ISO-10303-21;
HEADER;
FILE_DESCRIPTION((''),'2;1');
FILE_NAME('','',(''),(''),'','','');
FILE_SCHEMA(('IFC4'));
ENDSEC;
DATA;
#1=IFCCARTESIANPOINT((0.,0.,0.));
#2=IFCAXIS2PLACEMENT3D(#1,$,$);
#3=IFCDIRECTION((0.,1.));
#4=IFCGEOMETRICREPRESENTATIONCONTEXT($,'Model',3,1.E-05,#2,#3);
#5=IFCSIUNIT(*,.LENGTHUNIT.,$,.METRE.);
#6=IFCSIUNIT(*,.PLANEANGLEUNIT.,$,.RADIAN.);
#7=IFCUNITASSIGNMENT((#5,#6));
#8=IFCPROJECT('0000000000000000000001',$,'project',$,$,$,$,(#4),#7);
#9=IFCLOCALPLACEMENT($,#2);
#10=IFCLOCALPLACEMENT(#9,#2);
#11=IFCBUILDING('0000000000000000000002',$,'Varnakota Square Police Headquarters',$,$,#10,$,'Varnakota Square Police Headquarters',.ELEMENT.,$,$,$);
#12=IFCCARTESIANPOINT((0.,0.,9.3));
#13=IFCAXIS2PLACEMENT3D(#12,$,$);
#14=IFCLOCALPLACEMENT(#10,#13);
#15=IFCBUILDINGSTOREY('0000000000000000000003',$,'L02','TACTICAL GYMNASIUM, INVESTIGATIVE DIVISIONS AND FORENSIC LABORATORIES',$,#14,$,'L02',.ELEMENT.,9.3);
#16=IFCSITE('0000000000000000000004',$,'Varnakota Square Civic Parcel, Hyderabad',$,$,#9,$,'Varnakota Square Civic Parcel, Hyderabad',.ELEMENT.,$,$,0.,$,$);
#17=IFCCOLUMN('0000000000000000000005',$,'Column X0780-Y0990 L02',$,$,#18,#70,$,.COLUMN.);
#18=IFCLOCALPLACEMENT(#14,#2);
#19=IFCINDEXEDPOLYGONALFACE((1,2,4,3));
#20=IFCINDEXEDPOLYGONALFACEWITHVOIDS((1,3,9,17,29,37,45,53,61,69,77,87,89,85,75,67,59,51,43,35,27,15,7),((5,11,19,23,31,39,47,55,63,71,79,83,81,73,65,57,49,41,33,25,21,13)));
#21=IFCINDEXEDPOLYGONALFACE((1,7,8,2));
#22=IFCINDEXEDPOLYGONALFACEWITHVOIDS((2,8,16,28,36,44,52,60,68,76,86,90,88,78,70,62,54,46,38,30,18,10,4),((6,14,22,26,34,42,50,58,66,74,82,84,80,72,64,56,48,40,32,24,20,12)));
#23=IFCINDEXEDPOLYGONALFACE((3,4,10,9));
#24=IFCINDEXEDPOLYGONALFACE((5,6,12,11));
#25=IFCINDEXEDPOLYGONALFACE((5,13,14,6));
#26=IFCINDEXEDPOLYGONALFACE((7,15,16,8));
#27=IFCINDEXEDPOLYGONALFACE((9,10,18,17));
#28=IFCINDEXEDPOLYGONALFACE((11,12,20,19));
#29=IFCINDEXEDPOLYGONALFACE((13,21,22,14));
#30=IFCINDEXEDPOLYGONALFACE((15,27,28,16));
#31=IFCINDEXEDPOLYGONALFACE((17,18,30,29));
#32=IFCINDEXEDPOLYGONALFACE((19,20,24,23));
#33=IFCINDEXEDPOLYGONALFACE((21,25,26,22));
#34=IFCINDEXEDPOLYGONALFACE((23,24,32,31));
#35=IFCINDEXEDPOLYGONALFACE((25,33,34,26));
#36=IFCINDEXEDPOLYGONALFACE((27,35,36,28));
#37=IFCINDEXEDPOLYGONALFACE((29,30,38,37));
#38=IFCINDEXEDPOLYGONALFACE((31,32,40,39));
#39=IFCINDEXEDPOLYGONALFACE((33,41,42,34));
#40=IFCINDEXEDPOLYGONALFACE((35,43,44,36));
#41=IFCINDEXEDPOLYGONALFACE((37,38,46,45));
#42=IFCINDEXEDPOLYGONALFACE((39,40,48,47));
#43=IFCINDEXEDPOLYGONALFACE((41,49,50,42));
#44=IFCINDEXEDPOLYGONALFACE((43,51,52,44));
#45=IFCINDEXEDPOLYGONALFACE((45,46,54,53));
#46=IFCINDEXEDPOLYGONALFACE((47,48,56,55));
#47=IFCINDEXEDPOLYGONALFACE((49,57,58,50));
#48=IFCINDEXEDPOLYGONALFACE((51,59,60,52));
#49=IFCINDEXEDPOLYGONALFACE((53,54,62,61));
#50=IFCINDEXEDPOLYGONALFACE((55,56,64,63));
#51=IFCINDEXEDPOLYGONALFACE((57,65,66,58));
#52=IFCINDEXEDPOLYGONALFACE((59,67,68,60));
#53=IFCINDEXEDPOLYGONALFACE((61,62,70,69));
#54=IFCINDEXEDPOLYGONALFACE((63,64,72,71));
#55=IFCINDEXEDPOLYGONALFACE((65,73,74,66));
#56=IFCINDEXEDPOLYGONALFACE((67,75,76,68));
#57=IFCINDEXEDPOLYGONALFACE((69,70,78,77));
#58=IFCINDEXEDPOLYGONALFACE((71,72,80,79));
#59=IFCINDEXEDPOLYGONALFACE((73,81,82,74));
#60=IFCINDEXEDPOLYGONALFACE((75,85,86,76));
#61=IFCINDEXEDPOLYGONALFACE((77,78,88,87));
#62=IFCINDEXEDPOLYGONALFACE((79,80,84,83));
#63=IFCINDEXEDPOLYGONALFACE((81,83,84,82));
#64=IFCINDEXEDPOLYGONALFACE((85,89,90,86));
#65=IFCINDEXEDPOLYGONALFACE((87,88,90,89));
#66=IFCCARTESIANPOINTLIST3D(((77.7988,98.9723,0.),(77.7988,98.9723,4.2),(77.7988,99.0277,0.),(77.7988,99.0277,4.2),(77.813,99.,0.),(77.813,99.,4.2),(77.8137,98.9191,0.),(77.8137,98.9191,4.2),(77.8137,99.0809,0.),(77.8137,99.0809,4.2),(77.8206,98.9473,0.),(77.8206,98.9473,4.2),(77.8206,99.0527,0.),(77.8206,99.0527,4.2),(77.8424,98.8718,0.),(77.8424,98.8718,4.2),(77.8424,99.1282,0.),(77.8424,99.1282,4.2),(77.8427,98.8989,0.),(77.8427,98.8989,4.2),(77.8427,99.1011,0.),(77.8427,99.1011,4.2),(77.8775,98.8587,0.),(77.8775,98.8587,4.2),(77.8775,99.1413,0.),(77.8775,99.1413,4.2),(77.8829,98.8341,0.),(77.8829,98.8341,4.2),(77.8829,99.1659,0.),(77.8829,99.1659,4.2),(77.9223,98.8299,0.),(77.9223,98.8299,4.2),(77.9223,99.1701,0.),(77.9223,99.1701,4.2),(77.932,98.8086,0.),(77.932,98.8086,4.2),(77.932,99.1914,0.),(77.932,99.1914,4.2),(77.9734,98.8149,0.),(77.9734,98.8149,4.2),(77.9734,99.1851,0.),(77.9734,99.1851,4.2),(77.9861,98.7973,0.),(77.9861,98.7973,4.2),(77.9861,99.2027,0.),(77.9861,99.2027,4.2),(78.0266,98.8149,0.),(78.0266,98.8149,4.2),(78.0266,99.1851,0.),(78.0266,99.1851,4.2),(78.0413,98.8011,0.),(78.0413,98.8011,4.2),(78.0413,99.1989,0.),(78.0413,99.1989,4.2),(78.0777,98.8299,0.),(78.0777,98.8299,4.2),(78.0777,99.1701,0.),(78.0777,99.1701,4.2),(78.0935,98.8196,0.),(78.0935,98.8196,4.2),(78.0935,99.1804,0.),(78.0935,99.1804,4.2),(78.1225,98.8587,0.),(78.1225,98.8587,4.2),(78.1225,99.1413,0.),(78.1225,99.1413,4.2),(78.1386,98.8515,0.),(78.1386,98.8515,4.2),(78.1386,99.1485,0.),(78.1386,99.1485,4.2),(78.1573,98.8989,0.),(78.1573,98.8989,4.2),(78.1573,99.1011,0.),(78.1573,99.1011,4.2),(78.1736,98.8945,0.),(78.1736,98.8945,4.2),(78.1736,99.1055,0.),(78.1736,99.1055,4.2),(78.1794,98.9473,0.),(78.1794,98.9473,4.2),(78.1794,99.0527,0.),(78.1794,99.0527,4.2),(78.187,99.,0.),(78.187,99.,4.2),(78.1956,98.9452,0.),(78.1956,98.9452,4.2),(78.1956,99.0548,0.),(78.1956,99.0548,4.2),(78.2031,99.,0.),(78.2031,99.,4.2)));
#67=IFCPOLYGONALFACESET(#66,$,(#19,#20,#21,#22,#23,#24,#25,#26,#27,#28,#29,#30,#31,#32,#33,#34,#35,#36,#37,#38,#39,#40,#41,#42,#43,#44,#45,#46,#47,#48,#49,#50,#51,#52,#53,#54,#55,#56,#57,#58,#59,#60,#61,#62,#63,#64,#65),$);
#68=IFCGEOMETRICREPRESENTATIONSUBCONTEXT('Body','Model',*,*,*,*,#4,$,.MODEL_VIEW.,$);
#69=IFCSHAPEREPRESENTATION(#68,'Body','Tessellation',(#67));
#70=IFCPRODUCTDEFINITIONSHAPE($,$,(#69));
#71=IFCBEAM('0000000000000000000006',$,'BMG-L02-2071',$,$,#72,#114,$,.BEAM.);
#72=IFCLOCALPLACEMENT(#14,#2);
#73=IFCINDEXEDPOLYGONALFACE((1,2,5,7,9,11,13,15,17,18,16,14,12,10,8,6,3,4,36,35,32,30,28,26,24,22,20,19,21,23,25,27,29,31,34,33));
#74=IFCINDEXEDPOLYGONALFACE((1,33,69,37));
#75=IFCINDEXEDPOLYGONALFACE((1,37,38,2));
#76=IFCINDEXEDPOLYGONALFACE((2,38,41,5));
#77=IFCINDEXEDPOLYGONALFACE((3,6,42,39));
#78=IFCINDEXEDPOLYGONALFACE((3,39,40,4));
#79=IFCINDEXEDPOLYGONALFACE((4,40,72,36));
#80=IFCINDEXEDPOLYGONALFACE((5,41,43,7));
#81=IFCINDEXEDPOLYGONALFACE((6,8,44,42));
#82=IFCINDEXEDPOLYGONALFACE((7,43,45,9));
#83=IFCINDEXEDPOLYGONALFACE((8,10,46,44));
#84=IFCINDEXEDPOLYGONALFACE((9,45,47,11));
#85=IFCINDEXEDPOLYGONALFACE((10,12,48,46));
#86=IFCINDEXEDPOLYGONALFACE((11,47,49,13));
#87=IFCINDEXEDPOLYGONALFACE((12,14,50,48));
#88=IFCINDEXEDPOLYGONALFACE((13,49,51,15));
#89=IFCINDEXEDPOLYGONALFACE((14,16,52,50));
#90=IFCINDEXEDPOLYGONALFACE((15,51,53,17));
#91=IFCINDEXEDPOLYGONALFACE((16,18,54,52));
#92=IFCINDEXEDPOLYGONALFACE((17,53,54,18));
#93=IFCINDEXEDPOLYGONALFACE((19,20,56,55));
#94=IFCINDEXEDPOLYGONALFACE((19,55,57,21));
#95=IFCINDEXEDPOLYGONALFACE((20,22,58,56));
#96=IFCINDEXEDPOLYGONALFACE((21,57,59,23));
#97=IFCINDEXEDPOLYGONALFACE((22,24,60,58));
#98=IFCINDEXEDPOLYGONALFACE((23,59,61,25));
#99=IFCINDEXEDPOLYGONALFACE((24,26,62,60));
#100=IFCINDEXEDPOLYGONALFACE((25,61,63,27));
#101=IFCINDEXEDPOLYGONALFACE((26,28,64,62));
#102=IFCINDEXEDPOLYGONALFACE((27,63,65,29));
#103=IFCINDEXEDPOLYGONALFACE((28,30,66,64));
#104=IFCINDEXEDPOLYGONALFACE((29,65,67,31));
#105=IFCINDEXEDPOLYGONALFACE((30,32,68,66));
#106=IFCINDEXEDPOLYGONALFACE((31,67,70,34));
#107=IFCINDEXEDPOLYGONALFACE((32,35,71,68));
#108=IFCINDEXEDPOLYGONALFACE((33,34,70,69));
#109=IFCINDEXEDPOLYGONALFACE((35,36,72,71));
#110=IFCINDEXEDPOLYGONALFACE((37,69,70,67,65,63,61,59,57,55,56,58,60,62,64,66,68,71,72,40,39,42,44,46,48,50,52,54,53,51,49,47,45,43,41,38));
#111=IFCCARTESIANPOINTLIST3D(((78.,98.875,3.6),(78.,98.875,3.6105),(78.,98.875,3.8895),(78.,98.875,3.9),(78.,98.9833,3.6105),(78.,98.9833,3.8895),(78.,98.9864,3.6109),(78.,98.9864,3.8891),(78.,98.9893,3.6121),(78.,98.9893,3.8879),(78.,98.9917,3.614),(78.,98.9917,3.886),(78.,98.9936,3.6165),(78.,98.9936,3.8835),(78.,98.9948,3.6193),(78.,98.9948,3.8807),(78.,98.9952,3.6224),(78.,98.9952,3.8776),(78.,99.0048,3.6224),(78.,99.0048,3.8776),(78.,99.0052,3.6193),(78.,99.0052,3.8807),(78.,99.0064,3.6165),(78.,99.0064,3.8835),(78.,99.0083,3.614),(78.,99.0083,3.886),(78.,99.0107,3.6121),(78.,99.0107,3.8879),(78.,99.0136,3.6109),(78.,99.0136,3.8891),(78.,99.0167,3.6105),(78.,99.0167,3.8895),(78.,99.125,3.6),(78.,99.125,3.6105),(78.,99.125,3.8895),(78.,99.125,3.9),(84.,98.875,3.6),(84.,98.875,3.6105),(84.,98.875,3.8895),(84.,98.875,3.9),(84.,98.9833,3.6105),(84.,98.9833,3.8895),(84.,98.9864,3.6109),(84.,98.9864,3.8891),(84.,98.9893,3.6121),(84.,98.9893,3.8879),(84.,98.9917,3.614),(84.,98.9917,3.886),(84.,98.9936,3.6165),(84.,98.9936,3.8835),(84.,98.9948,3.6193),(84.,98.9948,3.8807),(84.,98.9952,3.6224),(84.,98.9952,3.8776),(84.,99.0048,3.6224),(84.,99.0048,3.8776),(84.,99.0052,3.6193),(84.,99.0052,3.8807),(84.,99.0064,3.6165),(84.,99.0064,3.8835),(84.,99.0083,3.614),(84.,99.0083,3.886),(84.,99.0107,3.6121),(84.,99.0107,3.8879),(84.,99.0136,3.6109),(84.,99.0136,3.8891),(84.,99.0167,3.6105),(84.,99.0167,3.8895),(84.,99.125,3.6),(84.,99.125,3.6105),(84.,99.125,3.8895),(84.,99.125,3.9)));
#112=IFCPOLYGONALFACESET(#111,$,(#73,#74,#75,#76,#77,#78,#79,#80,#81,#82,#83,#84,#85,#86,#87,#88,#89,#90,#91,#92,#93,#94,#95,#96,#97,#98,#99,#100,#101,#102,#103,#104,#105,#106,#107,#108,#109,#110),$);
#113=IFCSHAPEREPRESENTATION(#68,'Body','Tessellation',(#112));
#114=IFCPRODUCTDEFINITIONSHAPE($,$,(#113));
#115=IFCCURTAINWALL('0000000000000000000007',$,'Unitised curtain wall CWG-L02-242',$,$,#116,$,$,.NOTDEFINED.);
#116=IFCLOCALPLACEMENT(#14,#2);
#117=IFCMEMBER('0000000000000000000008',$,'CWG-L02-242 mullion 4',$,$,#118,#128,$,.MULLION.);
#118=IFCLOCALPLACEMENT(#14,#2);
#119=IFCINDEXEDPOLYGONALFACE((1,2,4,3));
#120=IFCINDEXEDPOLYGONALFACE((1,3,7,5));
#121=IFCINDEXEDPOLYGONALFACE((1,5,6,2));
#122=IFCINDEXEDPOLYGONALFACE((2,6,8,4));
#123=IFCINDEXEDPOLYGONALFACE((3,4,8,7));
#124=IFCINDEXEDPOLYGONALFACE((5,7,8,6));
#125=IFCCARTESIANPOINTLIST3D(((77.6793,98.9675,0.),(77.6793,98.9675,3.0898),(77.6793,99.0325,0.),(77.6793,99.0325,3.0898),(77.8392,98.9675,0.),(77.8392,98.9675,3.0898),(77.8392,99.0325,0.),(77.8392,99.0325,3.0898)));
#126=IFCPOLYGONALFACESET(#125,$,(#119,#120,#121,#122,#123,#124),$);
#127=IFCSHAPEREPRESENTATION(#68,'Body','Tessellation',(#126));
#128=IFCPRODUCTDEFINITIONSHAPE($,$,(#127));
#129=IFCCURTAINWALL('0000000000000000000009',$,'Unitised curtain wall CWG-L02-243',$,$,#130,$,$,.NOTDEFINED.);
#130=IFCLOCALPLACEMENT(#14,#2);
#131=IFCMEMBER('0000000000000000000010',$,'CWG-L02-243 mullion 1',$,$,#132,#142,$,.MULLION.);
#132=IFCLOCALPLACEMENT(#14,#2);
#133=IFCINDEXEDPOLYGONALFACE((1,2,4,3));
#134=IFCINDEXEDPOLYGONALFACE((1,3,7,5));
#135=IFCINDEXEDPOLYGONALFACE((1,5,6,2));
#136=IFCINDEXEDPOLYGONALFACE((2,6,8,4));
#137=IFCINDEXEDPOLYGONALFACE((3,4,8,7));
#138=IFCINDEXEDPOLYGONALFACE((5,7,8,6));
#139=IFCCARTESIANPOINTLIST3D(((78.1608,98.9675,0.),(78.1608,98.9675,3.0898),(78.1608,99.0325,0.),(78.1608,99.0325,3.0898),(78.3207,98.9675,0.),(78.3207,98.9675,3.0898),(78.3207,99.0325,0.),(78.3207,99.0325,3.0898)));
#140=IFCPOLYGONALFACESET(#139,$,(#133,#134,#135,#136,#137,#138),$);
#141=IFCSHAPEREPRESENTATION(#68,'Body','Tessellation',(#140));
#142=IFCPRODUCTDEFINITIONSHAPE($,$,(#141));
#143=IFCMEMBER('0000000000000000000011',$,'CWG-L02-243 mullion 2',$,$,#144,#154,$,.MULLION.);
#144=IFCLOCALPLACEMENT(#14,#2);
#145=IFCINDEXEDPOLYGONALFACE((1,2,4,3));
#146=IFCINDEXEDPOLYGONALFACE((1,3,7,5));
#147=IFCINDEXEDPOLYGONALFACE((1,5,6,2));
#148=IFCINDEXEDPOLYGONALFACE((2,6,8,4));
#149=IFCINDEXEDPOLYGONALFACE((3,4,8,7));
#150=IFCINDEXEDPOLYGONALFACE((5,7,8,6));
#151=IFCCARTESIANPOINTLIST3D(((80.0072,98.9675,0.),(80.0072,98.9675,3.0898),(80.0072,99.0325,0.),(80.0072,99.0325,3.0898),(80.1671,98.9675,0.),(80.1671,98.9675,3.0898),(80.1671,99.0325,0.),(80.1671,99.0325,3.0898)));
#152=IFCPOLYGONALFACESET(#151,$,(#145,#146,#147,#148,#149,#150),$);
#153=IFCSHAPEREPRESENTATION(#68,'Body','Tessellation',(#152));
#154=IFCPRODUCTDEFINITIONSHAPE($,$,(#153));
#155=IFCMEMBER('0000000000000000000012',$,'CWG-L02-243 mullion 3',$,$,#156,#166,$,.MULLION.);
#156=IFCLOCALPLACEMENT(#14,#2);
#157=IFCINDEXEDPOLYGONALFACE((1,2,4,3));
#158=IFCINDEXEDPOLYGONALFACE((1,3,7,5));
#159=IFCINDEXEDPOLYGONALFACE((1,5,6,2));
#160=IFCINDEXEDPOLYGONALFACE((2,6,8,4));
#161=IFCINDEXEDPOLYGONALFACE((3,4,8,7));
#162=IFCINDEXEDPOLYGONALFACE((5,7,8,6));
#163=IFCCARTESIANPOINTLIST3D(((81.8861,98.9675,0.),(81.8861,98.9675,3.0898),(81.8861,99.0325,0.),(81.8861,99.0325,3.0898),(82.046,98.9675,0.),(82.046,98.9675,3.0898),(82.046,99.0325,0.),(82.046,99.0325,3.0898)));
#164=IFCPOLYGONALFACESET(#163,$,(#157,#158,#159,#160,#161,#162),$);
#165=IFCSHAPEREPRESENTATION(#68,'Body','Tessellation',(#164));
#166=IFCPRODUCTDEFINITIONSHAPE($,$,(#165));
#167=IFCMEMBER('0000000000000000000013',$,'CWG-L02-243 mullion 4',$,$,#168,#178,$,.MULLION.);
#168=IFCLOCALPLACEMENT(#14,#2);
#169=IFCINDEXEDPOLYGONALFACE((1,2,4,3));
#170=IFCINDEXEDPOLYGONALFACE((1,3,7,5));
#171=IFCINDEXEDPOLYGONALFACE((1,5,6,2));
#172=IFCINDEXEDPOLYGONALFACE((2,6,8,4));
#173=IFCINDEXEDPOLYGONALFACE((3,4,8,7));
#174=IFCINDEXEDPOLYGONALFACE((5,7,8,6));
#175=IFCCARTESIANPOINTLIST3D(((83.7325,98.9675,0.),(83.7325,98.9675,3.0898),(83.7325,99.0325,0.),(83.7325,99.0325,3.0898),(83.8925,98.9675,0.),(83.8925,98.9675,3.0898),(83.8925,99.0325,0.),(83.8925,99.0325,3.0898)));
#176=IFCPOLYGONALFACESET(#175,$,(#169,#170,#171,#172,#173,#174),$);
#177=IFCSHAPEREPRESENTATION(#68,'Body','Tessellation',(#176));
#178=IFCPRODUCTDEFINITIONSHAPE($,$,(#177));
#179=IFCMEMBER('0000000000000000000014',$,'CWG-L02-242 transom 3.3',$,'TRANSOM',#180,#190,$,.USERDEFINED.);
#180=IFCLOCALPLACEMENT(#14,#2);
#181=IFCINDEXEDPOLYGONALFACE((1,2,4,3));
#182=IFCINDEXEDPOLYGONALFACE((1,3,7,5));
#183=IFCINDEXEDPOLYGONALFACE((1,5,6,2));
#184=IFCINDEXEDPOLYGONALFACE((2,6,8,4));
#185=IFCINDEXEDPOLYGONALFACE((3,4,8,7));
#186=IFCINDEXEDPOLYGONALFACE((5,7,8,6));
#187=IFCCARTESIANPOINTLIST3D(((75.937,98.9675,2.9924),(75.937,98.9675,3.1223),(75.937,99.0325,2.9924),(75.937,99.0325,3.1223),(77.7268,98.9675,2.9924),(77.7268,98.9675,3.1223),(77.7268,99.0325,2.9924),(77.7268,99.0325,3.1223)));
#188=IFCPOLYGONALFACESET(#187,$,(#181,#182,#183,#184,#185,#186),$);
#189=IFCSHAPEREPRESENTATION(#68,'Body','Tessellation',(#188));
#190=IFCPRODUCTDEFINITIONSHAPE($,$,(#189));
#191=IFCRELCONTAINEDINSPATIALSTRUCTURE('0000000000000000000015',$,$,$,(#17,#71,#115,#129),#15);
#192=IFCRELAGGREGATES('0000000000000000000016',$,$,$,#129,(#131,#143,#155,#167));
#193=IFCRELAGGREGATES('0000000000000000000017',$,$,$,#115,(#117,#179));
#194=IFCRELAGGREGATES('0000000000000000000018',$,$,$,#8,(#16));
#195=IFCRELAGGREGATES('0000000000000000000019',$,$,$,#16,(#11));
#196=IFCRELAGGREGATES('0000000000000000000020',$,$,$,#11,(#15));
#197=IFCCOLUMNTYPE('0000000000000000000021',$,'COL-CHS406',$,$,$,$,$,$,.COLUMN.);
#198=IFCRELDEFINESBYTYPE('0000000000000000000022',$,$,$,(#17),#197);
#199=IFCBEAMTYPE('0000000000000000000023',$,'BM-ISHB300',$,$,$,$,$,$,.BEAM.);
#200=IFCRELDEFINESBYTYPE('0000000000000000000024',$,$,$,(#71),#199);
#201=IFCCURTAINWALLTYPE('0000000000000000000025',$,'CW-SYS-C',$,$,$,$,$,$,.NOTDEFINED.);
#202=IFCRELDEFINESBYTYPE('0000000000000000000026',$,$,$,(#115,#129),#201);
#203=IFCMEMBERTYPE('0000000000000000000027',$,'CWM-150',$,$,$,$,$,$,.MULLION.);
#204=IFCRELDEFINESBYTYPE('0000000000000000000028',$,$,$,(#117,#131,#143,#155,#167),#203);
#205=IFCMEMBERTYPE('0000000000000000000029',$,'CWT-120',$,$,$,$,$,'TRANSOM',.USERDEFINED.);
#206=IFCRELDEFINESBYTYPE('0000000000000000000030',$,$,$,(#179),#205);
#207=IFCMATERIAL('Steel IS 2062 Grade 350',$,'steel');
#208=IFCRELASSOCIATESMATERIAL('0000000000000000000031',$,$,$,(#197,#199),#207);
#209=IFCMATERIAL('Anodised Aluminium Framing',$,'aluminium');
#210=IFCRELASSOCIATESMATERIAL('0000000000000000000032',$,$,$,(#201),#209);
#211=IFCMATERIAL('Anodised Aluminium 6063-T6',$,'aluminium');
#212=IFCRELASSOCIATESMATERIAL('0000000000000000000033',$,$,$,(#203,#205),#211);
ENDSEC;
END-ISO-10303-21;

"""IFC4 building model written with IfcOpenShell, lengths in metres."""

from ifc_helpers import new_model, si_unit, direction, frame, origin, origin_2d, place, context, subcontext, project, spatial, rectangle, hollow_circle, i_section, extrude, material, material_profile, profile_set, type_object, element, aggregate, save


model = new_model("IFC4")

# Units and contexts
model_context = context("Model", 3, precision=1e-05, world=origin(), true_north=direction((0.0, 1.0)))
body_context = subcontext(model_context, "Body", "Model", "MODEL_VIEW")
ifc_project = project(units=[si_unit("LENGTHUNIT", "METRE"), si_unit("PLANEANGLEUNIT", "RADIAN")], contexts=[model_context])

# Site, building, storey
site_placement = place(None, origin())
site = spatial("IfcSite", under=ifc_project, at=site_placement, Name="Varnakota Square Civic Parcel, Hyderabad", LongName="Varnakota Square Civic Parcel, Hyderabad", CompositionType="ELEMENT", RefElevation=0.0)
building_placement = place(site_placement, origin())
building = spatial("IfcBuilding", under=site, at=building_placement, Name="Varnakota Square Police Headquarters", LongName="Varnakota Square Police Headquarters", CompositionType="ELEMENT")
storey_placement = place(building_placement, frame((0.0, 0.0, 9.3)))
storey = spatial("IfcBuildingStorey", under=building, at=storey_placement, Name="L02", Description="TACTICAL GYMNASIUM, INVESTIGATIVE DIVISIONS AND FORENSIC LABORATORIES", LongName="L02", CompositionType="ELEMENT", Elevation=9.3)

# Column
ifc_material_1 = material(Name="Steel IS 2062 Grade 350", Category="steel")
ifc_material_profile_1 = material_profile(ifc_material_1, hollow_circle(Radius=0.2031, WallThickness=0.0161, at=origin_2d()), Name="CHS 406.4x16.0")
ifc_profile_set_1 = profile_set([ifc_material_profile_1], Name="Steel IS 2062 Grade 350")
column_type = type_object("IfcColumnType", Name="COL-CHS406", PredefinedType="COLUMN", material=ifc_profile_set_1)
column_placement = place(storey_placement, frame((78.0, 99.0, 0.0), z_axis=(0.0, 0.0, 1.0), x_axis=(1.0, 0.0, 0.0)))
element("IfcColumn", 1, at=column_placement, inside=storey, type_object=column_type, Name="Column X0780-Y0990 L02", PredefinedType="COLUMN", context=body_context, shape_type="SweptSolid", body=[
    extrude(hollow_circle(Radius=0.2031, WallThickness=0.0161, at=origin_2d()), origin(), (0.0, 0.0, 1.0), 4.2),
])

# Beam
ifc_material_profile_2 = material_profile(ifc_material_1, i_section(OverallWidth=0.25, OverallDepth=0.3, WebThickness=0.0095, FlangeThickness=0.0105, FilletRadius=0.012, at=origin_2d()), Name="ISHB 300")
ifc_profile_set_2 = profile_set([ifc_material_profile_2], Name="Steel IS 2062 Grade 350")
beam_type = type_object("IfcBeamType", Name="BM-ISHB300", PredefinedType="BEAM", material=ifc_profile_set_2)
beam_placement = place(storey_placement, frame((78.0, 99.0, 3.75), z_axis=(1.0, 0.0, 0.0), x_axis=(0.0, 1.0, 0.0)))
element("IfcBeam", 2, at=beam_placement, inside=storey, type_object=beam_type, Name="BMG-L02-2071", PredefinedType="BEAM", context=body_context, shape_type="SweptSolid", body=[
    extrude(i_section(OverallWidth=0.25, OverallDepth=0.3, WebThickness=0.0095, FlangeThickness=0.0105, FilletRadius=0.012, at=origin_2d()), origin(), (0.0, 0.0, 1.0), 6.0),
])

# Curtain wall, member
ifc_material_2 = material(Name="Anodised Aluminium Framing", Category="aluminium")
curtain_wall_type = type_object("IfcCurtainWallType", Name="CW-SYS-C", PredefinedType="NOTDEFINED", material=ifc_material_2)
curtain_wall_1_placement = place(storey_placement, origin())
curtain_wall_1 = element("IfcCurtainWall", 3, at=curtain_wall_1_placement, inside=storey, type_object=curtain_wall_type, Name="Unitised curtain wall CWG-L02-242", PredefinedType="NOTDEFINED")
ifc_material_3 = material(Name="Anodised Aluminium 6063-T6", Category="aluminium")
ifc_material_profile_3 = material_profile(ifc_material_3, rectangle(XDim=0.0649, YDim=0.1599, at=origin_2d()), Name="ALU MULLION 65x160")
ifc_profile_set_3 = profile_set([ifc_material_profile_3], Name="Anodised Aluminium 6063-T6")
member_type_1 = type_object("IfcMemberType", Name="CWM-150", PredefinedType="MULLION", material=ifc_profile_set_3)
member_1_placement = place(storey_placement, frame((77.7593, 99.0, 0.0), z_axis=(0.0, 0.0, 1.0), x_axis=(0.0, 1.0, 0.0)))
member_1 = element("IfcMember", 4, at=member_1_placement, type_object=member_type_1, Name="CWG-L02-242 mullion 4", PredefinedType="MULLION", context=body_context, shape_type="SweptSolid", body=[
    extrude(rectangle(XDim=0.0649, YDim=0.1599, at=origin_2d()), origin(), (0.0, 0.0, 1.0), 3.0898),
])

# Curtain wall, members
curtain_wall_2_placement = place(storey_placement, origin())
curtain_wall_2 = element("IfcCurtainWall", 5, at=curtain_wall_2_placement, inside=storey, type_object=curtain_wall_type, Name="Unitised curtain wall CWG-L02-243", PredefinedType="NOTDEFINED")
member_2_placement = place(storey_placement, frame((78.2407, 99.0, 0.0), z_axis=(0.0, 0.0, 1.0), x_axis=(0.0, 1.0, 0.0)))
member_2 = element("IfcMember", 6, at=member_2_placement, type_object=member_type_1, Name="CWG-L02-243 mullion 1", PredefinedType="MULLION", context=body_context, shape_type="SweptSolid", body=[
    extrude(rectangle(XDim=0.0649, YDim=0.1599, at=origin_2d()), origin(), (0.0, 0.0, 1.0), 3.0898),
])
member_3_placement = place(storey_placement, frame((80.0872, 99.0, 0.0), z_axis=(0.0, 0.0, 1.0), x_axis=(0.0, 1.0, 0.0)))
member_3 = element("IfcMember", 7, at=member_3_placement, type_object=member_type_1, Name="CWG-L02-243 mullion 2", PredefinedType="MULLION", context=body_context, shape_type="SweptSolid", body=[
    extrude(rectangle(XDim=0.0649, YDim=0.1599, at=origin_2d()), origin(), (0.0, 0.0, 1.0), 3.0898),
])
member_4_placement = place(storey_placement, frame((81.9661, 99.0, 0.0), z_axis=(0.0, 0.0, 1.0), x_axis=(0.0, 1.0, 0.0)))
member_4 = element("IfcMember", 8, at=member_4_placement, type_object=member_type_1, Name="CWG-L02-243 mullion 3", PredefinedType="MULLION", context=body_context, shape_type="SweptSolid", body=[
    extrude(rectangle(XDim=0.0649, YDim=0.1599, at=origin_2d()), origin(), (0.0, 0.0, 1.0), 3.0898),
])
member_5_placement = place(storey_placement, frame((83.8125, 99.0, 0.0), z_axis=(0.0, 0.0, 1.0), x_axis=(0.0, 1.0, 0.0)))
member_5 = element("IfcMember", 9, at=member_5_placement, type_object=member_type_1, Name="CWG-L02-243 mullion 4", PredefinedType="MULLION", context=body_context, shape_type="SweptSolid", body=[
    extrude(rectangle(XDim=0.0649, YDim=0.1599, at=origin_2d()), origin(), (0.0, 0.0, 1.0), 3.0898),
])

# Member
ifc_material_profile_4 = material_profile(ifc_material_3, rectangle(XDim=0.0649, YDim=0.1299, at=origin_2d()), Name="ALU TRANSOM 65x130")
ifc_profile_set_4 = profile_set([ifc_material_profile_4], Name="Anodised Aluminium 6063-T6")
member_type_2 = type_object("IfcMemberType", Name="CWT-120", ElementType="TRANSOM", PredefinedType="USERDEFINED", material=ifc_profile_set_4)
member_6_placement = place(storey_placement, frame((75.937, 99.0, 3.0574), z_axis=(1.0, 0.0, 0.0), x_axis=(0.0, 1.0, 0.0)))
member_6 = element("IfcMember", 10, at=member_6_placement, type_object=member_type_2, Name="CWG-L02-242 transom 3.3", ObjectType="TRANSOM", PredefinedType="USERDEFINED", context=body_context, shape_type="SweptSolid", body=[
    extrude(rectangle(XDim=0.0649, YDim=0.1299, at=origin_2d()), origin(), (0.0, 0.0, 1.0), 1.7898),
])

aggregate(curtain_wall_2, [member_2, member_3, member_4, member_5])
aggregate(curtain_wall_1, [member_1, member_6])

save(model, "model.ifc")
